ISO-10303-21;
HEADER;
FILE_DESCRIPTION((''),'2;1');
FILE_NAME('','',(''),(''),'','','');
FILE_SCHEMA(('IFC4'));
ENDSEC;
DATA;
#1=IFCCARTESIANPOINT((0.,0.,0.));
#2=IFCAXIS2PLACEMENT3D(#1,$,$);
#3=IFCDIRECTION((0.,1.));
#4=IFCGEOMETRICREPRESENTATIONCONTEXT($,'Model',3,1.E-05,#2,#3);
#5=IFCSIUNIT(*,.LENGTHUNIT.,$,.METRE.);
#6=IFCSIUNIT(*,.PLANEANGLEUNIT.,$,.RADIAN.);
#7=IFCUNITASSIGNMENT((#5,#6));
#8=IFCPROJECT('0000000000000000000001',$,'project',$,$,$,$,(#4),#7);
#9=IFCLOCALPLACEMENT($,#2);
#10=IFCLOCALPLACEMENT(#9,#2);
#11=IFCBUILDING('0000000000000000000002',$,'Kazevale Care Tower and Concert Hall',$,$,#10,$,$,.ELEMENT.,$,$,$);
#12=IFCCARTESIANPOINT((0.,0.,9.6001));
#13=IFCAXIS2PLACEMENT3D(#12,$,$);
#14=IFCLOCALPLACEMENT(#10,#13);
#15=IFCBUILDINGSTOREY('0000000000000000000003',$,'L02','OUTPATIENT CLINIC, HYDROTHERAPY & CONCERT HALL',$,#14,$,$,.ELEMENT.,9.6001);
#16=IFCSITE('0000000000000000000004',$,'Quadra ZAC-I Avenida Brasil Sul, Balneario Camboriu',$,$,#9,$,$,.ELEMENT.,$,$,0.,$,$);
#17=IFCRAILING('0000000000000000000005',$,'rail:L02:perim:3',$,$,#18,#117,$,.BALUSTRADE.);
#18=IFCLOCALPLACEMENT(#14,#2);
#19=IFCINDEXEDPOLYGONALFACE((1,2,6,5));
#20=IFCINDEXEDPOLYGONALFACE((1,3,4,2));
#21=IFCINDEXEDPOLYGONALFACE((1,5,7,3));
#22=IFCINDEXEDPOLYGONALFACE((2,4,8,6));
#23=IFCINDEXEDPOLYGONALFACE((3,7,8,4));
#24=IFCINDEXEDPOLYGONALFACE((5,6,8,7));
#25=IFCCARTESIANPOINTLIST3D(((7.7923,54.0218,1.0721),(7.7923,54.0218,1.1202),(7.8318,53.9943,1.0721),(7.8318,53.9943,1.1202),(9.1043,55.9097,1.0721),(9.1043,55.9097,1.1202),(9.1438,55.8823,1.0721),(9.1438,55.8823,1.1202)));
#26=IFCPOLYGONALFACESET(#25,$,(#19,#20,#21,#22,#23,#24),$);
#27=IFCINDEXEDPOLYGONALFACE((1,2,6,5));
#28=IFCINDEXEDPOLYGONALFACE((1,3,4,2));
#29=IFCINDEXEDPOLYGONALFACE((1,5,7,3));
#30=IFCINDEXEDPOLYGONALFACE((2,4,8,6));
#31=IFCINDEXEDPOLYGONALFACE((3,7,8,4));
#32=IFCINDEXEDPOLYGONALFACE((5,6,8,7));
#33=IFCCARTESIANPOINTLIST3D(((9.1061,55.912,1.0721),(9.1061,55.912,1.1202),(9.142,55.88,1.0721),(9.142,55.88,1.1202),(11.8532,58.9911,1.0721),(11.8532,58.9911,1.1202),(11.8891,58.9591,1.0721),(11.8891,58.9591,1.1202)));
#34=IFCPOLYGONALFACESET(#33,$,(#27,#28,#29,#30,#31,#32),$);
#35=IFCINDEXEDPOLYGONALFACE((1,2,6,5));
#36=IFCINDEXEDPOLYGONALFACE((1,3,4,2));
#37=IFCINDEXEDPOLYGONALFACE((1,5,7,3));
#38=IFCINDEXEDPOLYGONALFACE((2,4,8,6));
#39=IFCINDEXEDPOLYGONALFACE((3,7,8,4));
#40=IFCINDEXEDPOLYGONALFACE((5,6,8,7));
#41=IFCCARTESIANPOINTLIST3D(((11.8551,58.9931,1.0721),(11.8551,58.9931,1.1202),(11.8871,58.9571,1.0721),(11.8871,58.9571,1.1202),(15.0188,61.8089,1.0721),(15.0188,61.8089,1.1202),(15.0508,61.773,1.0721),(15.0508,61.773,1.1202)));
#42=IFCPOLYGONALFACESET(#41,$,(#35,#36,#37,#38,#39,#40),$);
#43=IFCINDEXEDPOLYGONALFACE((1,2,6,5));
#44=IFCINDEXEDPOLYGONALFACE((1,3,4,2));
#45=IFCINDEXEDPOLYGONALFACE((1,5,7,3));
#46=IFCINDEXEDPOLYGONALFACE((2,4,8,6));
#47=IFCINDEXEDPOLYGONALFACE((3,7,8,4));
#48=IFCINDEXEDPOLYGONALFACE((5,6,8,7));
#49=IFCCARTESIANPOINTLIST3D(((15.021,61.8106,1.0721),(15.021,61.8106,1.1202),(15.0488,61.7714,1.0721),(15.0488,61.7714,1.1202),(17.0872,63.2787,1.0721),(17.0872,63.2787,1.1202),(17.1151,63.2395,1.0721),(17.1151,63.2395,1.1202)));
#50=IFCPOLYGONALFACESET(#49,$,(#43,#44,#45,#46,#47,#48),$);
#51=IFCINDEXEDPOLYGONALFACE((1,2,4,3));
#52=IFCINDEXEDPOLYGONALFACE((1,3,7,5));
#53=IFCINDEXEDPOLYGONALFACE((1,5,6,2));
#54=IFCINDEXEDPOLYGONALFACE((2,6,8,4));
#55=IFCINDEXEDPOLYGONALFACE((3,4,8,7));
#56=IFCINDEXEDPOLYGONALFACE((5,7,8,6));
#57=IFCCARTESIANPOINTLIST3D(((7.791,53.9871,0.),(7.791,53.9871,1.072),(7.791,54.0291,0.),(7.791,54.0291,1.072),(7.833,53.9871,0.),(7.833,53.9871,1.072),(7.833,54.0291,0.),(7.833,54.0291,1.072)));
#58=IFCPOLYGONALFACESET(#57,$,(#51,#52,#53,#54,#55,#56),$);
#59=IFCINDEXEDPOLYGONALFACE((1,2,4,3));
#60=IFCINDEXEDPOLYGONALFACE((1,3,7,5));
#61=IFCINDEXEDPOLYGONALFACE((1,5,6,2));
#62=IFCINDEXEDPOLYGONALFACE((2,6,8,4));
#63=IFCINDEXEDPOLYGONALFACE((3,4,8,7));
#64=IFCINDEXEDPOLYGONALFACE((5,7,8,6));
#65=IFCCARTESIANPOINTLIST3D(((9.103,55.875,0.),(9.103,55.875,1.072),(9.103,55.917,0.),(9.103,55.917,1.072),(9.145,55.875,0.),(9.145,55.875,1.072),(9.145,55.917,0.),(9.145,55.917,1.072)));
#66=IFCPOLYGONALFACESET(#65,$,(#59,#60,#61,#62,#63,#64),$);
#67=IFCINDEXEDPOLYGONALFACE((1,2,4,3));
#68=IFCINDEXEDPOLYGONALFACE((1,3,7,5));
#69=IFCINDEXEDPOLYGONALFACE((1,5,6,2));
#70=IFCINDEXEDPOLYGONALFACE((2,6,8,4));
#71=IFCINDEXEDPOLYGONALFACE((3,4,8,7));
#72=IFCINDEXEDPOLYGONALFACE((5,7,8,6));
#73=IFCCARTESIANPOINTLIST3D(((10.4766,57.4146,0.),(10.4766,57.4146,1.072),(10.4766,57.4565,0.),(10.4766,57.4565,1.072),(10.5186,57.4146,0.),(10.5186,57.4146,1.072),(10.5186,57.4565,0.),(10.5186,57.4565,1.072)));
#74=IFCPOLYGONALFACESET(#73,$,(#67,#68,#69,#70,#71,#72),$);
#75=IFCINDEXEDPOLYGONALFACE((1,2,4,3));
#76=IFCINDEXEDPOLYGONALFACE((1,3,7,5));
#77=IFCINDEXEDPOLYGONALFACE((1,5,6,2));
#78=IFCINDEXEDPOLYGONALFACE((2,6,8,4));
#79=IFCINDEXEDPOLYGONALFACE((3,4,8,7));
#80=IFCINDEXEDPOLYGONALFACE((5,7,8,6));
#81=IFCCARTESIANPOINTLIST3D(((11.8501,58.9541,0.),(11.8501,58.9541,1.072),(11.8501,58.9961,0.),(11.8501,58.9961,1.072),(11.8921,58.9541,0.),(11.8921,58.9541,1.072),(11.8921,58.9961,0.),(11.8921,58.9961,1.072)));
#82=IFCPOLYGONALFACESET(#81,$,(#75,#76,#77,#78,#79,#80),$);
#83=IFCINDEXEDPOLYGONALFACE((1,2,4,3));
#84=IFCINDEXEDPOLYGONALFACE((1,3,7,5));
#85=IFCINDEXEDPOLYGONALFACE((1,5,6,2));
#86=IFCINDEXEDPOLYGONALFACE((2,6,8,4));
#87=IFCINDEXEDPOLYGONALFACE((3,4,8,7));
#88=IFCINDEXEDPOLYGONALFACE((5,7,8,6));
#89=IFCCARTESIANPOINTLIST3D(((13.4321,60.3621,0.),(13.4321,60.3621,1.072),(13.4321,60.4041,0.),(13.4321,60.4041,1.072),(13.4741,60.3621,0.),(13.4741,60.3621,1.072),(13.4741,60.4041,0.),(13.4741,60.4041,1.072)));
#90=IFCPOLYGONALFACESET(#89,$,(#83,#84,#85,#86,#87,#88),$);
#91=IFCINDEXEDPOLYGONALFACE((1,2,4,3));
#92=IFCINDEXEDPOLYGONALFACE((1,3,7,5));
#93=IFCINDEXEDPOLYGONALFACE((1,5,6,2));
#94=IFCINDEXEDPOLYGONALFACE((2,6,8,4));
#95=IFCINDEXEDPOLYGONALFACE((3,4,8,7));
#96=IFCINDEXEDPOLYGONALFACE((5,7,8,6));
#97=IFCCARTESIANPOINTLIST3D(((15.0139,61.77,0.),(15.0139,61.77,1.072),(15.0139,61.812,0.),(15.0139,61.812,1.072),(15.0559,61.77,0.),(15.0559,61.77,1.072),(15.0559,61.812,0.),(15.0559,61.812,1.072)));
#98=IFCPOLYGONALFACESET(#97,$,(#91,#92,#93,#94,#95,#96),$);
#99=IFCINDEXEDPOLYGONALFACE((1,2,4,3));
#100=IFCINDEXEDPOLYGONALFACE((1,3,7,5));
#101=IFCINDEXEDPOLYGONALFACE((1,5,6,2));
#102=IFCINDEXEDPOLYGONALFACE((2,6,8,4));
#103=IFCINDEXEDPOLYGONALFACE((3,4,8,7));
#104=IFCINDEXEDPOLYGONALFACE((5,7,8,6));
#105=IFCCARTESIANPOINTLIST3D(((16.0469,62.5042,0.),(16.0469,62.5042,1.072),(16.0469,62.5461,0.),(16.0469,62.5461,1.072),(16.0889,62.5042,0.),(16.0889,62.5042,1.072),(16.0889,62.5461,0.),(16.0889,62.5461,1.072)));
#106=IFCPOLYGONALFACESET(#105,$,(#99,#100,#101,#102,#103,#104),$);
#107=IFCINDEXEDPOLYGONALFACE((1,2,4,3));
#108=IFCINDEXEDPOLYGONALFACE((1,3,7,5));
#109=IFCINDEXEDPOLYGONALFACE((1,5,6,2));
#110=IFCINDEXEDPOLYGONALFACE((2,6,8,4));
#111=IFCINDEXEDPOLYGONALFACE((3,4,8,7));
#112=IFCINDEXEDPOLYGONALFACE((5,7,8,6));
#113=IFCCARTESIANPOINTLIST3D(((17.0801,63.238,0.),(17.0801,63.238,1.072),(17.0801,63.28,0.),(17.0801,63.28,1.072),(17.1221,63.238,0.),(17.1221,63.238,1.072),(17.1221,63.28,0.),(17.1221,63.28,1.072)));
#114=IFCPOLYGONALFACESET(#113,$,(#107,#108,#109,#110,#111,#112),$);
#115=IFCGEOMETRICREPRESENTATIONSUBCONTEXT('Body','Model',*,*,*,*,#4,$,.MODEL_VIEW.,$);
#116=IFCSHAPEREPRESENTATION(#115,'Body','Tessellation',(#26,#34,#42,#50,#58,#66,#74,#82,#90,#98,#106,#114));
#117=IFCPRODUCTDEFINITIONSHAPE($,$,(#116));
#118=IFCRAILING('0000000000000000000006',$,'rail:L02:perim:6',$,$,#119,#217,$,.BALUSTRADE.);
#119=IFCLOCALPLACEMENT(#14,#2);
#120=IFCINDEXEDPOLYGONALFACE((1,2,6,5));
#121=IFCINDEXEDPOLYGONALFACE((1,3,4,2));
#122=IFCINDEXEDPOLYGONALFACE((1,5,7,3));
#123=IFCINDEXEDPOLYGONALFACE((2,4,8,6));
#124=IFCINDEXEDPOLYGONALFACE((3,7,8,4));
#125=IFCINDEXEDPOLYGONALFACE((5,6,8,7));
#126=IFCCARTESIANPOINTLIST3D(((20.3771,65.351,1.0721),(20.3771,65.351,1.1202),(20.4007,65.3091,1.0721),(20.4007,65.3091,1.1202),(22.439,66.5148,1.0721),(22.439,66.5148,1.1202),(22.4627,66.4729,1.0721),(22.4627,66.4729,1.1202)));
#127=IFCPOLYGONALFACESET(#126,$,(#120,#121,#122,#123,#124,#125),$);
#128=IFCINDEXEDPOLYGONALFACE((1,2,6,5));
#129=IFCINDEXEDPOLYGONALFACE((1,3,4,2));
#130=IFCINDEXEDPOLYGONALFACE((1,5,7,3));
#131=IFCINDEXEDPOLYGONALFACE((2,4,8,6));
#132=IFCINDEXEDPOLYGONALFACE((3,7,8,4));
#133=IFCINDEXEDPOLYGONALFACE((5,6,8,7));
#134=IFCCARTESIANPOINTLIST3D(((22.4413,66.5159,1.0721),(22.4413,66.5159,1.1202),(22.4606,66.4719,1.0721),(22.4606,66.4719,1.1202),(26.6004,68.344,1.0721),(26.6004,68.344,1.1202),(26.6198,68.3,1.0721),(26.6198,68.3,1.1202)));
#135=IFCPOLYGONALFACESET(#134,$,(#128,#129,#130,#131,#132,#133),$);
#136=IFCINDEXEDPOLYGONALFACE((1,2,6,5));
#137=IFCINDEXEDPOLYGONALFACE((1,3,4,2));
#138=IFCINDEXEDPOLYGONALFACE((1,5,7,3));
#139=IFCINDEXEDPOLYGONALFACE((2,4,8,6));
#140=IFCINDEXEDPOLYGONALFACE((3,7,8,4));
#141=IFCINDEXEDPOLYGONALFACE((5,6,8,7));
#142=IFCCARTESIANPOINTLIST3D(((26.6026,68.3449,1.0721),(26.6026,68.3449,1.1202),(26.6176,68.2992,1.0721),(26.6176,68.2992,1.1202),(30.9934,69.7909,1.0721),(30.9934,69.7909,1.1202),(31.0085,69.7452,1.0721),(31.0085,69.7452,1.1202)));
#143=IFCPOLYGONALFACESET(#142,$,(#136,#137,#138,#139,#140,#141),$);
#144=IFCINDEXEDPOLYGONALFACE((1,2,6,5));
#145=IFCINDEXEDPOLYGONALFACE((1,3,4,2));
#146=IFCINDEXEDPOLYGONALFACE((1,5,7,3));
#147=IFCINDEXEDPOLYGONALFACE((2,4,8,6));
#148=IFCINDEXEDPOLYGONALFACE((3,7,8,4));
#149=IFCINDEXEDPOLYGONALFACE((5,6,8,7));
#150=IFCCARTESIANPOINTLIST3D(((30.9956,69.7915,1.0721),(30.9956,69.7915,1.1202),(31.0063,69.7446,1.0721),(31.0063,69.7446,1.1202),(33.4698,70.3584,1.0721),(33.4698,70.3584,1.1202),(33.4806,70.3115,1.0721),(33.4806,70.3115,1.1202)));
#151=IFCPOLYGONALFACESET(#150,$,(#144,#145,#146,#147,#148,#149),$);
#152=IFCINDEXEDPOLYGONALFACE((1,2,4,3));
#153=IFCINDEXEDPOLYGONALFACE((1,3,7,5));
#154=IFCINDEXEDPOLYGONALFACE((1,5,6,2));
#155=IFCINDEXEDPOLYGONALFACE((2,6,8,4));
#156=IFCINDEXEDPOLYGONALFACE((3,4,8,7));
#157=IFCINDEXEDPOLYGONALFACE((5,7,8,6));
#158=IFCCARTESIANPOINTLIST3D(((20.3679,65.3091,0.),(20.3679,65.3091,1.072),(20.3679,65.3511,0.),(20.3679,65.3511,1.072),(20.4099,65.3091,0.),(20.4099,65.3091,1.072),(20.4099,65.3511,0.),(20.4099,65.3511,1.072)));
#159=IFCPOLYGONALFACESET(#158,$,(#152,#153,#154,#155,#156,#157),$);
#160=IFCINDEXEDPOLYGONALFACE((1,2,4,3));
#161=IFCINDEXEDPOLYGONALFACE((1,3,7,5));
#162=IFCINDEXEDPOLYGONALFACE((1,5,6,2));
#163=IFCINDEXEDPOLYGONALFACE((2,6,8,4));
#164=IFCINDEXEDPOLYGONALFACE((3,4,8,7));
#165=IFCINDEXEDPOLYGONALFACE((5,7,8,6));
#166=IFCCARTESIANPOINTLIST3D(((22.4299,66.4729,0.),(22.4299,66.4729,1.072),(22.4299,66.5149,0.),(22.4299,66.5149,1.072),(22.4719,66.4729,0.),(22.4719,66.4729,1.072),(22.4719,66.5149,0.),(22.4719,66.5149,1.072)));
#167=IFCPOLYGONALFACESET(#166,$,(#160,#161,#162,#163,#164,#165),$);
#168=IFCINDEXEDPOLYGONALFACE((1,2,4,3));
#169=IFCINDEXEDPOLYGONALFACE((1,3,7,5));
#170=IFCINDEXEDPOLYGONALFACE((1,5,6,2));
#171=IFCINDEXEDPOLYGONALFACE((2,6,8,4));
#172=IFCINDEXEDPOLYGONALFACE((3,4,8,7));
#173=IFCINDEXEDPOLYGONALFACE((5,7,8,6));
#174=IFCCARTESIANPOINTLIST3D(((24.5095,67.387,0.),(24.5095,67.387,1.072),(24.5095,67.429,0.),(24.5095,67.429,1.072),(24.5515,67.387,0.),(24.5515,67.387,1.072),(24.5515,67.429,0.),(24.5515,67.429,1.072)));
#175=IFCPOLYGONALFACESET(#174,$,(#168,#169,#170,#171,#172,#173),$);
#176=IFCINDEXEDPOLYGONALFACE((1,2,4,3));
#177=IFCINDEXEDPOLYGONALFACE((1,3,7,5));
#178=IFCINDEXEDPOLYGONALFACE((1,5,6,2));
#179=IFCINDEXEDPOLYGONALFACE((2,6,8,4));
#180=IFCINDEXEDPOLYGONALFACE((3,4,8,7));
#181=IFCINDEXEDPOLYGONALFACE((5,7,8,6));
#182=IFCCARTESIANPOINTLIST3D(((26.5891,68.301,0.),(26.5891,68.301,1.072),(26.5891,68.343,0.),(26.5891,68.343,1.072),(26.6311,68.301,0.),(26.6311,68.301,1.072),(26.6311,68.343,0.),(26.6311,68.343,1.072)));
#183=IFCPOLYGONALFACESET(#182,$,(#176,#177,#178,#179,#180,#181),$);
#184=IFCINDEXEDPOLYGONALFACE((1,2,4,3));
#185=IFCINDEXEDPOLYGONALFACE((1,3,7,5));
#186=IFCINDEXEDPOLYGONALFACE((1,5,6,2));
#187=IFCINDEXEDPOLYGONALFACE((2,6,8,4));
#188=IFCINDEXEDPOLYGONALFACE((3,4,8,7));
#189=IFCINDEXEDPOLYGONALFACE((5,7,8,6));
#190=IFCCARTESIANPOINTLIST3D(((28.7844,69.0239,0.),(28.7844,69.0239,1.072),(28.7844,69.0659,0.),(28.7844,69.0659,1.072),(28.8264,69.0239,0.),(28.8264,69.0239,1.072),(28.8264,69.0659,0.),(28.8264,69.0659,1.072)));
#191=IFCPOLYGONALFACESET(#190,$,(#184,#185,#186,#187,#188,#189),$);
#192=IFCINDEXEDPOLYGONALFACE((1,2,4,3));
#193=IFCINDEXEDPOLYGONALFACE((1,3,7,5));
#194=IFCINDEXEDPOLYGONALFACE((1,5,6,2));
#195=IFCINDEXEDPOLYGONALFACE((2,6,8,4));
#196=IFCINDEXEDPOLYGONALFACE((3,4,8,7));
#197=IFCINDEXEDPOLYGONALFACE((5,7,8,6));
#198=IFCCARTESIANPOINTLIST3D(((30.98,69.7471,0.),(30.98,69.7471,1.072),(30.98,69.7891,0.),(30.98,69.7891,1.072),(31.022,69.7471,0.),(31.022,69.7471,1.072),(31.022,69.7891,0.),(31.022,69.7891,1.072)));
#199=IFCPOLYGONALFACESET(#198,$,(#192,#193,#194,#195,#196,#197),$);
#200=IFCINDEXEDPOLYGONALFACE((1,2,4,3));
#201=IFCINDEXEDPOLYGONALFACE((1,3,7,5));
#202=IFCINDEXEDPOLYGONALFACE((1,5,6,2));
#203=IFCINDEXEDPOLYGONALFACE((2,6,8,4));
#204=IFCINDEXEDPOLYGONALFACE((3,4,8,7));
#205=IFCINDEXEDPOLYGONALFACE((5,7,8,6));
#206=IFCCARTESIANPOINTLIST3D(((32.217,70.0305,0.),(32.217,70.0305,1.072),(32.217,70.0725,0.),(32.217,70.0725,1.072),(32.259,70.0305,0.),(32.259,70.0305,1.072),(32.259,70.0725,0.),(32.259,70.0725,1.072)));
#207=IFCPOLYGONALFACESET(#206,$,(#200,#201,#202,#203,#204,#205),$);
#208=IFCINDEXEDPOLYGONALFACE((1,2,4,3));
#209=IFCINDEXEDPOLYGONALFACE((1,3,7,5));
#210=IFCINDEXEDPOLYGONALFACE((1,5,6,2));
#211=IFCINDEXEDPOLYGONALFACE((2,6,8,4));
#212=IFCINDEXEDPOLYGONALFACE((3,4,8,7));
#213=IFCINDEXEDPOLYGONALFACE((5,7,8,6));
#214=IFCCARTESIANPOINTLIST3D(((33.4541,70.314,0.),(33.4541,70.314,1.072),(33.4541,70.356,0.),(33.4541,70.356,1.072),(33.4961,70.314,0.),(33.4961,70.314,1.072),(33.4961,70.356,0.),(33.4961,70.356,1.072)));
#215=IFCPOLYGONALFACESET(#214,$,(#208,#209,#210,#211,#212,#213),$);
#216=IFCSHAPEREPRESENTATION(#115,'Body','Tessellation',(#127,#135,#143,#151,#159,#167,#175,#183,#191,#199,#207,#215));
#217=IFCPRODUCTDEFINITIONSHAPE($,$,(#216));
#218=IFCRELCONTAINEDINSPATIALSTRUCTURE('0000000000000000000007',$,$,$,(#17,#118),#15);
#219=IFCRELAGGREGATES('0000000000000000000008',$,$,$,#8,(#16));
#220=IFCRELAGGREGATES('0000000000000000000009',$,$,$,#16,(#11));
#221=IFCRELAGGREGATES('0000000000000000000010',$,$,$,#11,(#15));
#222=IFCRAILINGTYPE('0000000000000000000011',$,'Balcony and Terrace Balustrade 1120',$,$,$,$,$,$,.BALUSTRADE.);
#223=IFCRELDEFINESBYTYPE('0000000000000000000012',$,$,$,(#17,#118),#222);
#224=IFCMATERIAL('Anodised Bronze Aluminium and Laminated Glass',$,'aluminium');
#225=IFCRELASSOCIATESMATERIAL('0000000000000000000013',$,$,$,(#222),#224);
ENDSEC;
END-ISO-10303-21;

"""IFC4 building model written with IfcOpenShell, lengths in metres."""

from ifc_helpers import new_model, si_unit, direction, frame, origin, origin_2d, place, context, subcontext, project, spatial, rectangle, extrude, material, type_object, element, save


model = new_model("IFC4")

# Units and contexts
model_context = context("Model", 3, precision=1e-05, world=origin(), true_north=direction((0.0, 1.0)))
body_context = subcontext(model_context, "Body", "Model", "MODEL_VIEW")
ifc_project = project(units=[si_unit("LENGTHUNIT", "METRE"), si_unit("PLANEANGLEUNIT", "RADIAN")], contexts=[model_context])

# Site, building, storey
site_placement = place(None, origin())
site = spatial("IfcSite", under=ifc_project, at=site_placement, Name="Quadra ZAC-I Avenida Brasil Sul, Balneario Camboriu", CompositionType="ELEMENT", RefElevation=0.0)
building_placement = place(site_placement, origin())
building = spatial("IfcBuilding", under=site, at=building_placement, Name="Kazevale Care Tower and Concert Hall", CompositionType="ELEMENT")
storey_placement = place(building_placement, frame((0.0, 0.0, 9.6001)))
storey = spatial("IfcBuildingStorey", under=building, at=storey_placement, Name="L02", Description="OUTPATIENT CLINIC, HYDROTHERAPY & CONCERT HALL", CompositionType="ELEMENT", Elevation=9.6001)

# Railings
ifc_material_1 = material(Name="Anodised Bronze Aluminium and Laminated Glass", Category="aluminium")
railing_type = type_object("IfcRailingType", Name="Balcony and Terrace Balustrade 1120", PredefinedType="BALUSTRADE", material=ifc_material_1)
railing_1_placement = place(storey_placement, frame((7.812, 54.0081, 0.0)))
element("IfcRailing", 1, at=railing_1_placement, inside=storey, type_object=railing_type, Name="rail:L02:perim:3", PredefinedType="BALUSTRADE", context=body_context, shape_type="SweptSolid", body=[
    extrude(rectangle(XDim=0.0481, YDim=0.0481, at=origin_2d()), frame((0.0, 0.0, 1.0962), z_axis=(0.570672, 0.821178, 0.0), x_axis=(-0.821178, 0.570672, 0.0)), (0.0, 0.0, 1.0), 2.2991),
    extrude(rectangle(XDim=0.0481, YDim=0.0481, at=origin_2d()), frame((1.312, 1.8879, 1.0962), z_axis=(0.665729, 0.746194, 0.0), x_axis=(-0.746194, 0.665729, 0.0)), (0.0, 0.0, 1.0), 4.1265),
    extrude(rectangle(XDim=0.0481, YDim=0.0481, at=origin_2d()), frame((4.0591, 4.967, 1.0962), z_axis=(0.746983, 0.664843, 0.0), x_axis=(-0.664843, 0.746983, 0.0)), (0.0, 0.0, 1.0), 4.2354),
    extrude(rectangle(XDim=0.0481, YDim=0.0481, at=origin_2d()), frame((7.2229, 7.783, 1.0962), z_axis=(0.815189, 0.579195, 0.0), x_axis=(-0.579195, 0.815189, 0.0)), (0.0, 0.0, 1.0), 2.5347),
    extrude(rectangle(XDim=0.042, YDim=0.042, at=origin_2d()), origin(), (0.0, 0.0, 1.0), 1.072),
    extrude(rectangle(XDim=0.042, YDim=0.042, at=origin_2d()), frame((1.312, 1.8879, 0.0)), (0.0, 0.0, 1.0), 1.072),
    extrude(rectangle(XDim=0.042, YDim=0.042, at=origin_2d()), frame((2.6855, 3.4275, 0.0)), (0.0, 0.0, 1.0), 1.072),
    extrude(rectangle(XDim=0.042, YDim=0.042, at=origin_2d()), frame((4.0591, 4.967, 0.0)), (0.0, 0.0, 1.0), 1.072),
    extrude(rectangle(XDim=0.042, YDim=0.042, at=origin_2d()), frame((5.6411, 6.375, 0.0)), (0.0, 0.0, 1.0), 1.072),
    extrude(rectangle(XDim=0.042, YDim=0.042, at=origin_2d()), frame((7.2229, 7.783, 0.0)), (0.0, 0.0, 1.0), 1.072),
    extrude(rectangle(XDim=0.042, YDim=0.042, at=origin_2d()), frame((8.2559, 8.5171, 0.0)), (0.0, 0.0, 1.0), 1.072),
    extrude(rectangle(XDim=0.042, YDim=0.042, at=origin_2d()), frame((9.2891, 9.251, 0.0)), (0.0, 0.0, 1.0), 1.072),
])
railing_2_placement = place(storey_placement, frame((20.3889, 65.3301, 0.0)))
element("IfcRailing", 2, at=railing_2_placement, inside=storey, type_object=railing_type, Name="rail:L02:perim:6", PredefinedType="BALUSTRADE", context=body_context, shape_type="SweptSolid", body=[
    extrude(rectangle(XDim=0.0481, YDim=0.0481, at=origin_2d()), frame((0.0, 0.0, 1.0962), z_axis=(0.870864, 0.491524, 0.0), x_axis=(-0.491524, 0.870864, 0.0)), (0.0, 0.0, 1.0), 2.3677),
    extrude(rectangle(XDim=0.0481, YDim=0.0481, at=origin_2d()), frame((2.062, 1.1638, 1.0962), z_axis=(0.91547, 0.402386, 0.0), x_axis=(-0.402386, 0.91547, 0.0)), (0.0, 0.0, 1.0), 4.5432),
    extrude(rectangle(XDim=0.0481, YDim=0.0481, at=origin_2d()), frame((6.2212, 2.9919, 1.0962), z_axis=(0.949818, 0.312804, 0.0), x_axis=(-0.312804, 0.949818, 0.0)), (0.0, 0.0, 1.0), 4.6228),
    extrude(rectangle(XDim=0.0481, YDim=0.0481, at=origin_2d()), frame((10.6121, 4.438, 1.0962), z_axis=(0.97474, 0.223342, 0.0), x_axis=(-0.223342, 0.97474, 0.0)), (0.0, 0.0, 1.0), 2.5383),
    extrude(rectangle(XDim=0.042, YDim=0.042, at=origin_2d()), origin(), (0.0, 0.0, 1.0), 1.072),
    extrude(rectangle(XDim=0.042, YDim=0.042, at=origin_2d()), frame((2.062, 1.1638, 0.0)), (0.0, 0.0, 1.0), 1.072),
    extrude(rectangle(XDim=0.042, YDim=0.042, at=origin_2d()), frame((4.1416, 2.0779, 0.0)), (0.0, 0.0, 1.0), 1.072),
    extrude(rectangle(XDim=0.042, YDim=0.042, at=origin_2d()), frame((6.2212, 2.9919, 0.0)), (0.0, 0.0, 1.0), 1.072),
    extrude(rectangle(XDim=0.042, YDim=0.042, at=origin_2d()), frame((8.4165, 3.7148, 0.0)), (0.0, 0.0, 1.0), 1.072),
    extrude(rectangle(XDim=0.042, YDim=0.042, at=origin_2d()), frame((10.6121, 4.438, 0.0)), (0.0, 0.0, 1.0), 1.072),
    extrude(rectangle(XDim=0.042, YDim=0.042, at=origin_2d()), frame((11.8491, 4.7214, 0.0)), (0.0, 0.0, 1.0), 1.072),
    extrude(rectangle(XDim=0.042, YDim=0.042, at=origin_2d()), frame((13.0862, 5.0049, 0.0)), (0.0, 0.0, 1.0), 1.072),
])

save(model, "model.ifc")
